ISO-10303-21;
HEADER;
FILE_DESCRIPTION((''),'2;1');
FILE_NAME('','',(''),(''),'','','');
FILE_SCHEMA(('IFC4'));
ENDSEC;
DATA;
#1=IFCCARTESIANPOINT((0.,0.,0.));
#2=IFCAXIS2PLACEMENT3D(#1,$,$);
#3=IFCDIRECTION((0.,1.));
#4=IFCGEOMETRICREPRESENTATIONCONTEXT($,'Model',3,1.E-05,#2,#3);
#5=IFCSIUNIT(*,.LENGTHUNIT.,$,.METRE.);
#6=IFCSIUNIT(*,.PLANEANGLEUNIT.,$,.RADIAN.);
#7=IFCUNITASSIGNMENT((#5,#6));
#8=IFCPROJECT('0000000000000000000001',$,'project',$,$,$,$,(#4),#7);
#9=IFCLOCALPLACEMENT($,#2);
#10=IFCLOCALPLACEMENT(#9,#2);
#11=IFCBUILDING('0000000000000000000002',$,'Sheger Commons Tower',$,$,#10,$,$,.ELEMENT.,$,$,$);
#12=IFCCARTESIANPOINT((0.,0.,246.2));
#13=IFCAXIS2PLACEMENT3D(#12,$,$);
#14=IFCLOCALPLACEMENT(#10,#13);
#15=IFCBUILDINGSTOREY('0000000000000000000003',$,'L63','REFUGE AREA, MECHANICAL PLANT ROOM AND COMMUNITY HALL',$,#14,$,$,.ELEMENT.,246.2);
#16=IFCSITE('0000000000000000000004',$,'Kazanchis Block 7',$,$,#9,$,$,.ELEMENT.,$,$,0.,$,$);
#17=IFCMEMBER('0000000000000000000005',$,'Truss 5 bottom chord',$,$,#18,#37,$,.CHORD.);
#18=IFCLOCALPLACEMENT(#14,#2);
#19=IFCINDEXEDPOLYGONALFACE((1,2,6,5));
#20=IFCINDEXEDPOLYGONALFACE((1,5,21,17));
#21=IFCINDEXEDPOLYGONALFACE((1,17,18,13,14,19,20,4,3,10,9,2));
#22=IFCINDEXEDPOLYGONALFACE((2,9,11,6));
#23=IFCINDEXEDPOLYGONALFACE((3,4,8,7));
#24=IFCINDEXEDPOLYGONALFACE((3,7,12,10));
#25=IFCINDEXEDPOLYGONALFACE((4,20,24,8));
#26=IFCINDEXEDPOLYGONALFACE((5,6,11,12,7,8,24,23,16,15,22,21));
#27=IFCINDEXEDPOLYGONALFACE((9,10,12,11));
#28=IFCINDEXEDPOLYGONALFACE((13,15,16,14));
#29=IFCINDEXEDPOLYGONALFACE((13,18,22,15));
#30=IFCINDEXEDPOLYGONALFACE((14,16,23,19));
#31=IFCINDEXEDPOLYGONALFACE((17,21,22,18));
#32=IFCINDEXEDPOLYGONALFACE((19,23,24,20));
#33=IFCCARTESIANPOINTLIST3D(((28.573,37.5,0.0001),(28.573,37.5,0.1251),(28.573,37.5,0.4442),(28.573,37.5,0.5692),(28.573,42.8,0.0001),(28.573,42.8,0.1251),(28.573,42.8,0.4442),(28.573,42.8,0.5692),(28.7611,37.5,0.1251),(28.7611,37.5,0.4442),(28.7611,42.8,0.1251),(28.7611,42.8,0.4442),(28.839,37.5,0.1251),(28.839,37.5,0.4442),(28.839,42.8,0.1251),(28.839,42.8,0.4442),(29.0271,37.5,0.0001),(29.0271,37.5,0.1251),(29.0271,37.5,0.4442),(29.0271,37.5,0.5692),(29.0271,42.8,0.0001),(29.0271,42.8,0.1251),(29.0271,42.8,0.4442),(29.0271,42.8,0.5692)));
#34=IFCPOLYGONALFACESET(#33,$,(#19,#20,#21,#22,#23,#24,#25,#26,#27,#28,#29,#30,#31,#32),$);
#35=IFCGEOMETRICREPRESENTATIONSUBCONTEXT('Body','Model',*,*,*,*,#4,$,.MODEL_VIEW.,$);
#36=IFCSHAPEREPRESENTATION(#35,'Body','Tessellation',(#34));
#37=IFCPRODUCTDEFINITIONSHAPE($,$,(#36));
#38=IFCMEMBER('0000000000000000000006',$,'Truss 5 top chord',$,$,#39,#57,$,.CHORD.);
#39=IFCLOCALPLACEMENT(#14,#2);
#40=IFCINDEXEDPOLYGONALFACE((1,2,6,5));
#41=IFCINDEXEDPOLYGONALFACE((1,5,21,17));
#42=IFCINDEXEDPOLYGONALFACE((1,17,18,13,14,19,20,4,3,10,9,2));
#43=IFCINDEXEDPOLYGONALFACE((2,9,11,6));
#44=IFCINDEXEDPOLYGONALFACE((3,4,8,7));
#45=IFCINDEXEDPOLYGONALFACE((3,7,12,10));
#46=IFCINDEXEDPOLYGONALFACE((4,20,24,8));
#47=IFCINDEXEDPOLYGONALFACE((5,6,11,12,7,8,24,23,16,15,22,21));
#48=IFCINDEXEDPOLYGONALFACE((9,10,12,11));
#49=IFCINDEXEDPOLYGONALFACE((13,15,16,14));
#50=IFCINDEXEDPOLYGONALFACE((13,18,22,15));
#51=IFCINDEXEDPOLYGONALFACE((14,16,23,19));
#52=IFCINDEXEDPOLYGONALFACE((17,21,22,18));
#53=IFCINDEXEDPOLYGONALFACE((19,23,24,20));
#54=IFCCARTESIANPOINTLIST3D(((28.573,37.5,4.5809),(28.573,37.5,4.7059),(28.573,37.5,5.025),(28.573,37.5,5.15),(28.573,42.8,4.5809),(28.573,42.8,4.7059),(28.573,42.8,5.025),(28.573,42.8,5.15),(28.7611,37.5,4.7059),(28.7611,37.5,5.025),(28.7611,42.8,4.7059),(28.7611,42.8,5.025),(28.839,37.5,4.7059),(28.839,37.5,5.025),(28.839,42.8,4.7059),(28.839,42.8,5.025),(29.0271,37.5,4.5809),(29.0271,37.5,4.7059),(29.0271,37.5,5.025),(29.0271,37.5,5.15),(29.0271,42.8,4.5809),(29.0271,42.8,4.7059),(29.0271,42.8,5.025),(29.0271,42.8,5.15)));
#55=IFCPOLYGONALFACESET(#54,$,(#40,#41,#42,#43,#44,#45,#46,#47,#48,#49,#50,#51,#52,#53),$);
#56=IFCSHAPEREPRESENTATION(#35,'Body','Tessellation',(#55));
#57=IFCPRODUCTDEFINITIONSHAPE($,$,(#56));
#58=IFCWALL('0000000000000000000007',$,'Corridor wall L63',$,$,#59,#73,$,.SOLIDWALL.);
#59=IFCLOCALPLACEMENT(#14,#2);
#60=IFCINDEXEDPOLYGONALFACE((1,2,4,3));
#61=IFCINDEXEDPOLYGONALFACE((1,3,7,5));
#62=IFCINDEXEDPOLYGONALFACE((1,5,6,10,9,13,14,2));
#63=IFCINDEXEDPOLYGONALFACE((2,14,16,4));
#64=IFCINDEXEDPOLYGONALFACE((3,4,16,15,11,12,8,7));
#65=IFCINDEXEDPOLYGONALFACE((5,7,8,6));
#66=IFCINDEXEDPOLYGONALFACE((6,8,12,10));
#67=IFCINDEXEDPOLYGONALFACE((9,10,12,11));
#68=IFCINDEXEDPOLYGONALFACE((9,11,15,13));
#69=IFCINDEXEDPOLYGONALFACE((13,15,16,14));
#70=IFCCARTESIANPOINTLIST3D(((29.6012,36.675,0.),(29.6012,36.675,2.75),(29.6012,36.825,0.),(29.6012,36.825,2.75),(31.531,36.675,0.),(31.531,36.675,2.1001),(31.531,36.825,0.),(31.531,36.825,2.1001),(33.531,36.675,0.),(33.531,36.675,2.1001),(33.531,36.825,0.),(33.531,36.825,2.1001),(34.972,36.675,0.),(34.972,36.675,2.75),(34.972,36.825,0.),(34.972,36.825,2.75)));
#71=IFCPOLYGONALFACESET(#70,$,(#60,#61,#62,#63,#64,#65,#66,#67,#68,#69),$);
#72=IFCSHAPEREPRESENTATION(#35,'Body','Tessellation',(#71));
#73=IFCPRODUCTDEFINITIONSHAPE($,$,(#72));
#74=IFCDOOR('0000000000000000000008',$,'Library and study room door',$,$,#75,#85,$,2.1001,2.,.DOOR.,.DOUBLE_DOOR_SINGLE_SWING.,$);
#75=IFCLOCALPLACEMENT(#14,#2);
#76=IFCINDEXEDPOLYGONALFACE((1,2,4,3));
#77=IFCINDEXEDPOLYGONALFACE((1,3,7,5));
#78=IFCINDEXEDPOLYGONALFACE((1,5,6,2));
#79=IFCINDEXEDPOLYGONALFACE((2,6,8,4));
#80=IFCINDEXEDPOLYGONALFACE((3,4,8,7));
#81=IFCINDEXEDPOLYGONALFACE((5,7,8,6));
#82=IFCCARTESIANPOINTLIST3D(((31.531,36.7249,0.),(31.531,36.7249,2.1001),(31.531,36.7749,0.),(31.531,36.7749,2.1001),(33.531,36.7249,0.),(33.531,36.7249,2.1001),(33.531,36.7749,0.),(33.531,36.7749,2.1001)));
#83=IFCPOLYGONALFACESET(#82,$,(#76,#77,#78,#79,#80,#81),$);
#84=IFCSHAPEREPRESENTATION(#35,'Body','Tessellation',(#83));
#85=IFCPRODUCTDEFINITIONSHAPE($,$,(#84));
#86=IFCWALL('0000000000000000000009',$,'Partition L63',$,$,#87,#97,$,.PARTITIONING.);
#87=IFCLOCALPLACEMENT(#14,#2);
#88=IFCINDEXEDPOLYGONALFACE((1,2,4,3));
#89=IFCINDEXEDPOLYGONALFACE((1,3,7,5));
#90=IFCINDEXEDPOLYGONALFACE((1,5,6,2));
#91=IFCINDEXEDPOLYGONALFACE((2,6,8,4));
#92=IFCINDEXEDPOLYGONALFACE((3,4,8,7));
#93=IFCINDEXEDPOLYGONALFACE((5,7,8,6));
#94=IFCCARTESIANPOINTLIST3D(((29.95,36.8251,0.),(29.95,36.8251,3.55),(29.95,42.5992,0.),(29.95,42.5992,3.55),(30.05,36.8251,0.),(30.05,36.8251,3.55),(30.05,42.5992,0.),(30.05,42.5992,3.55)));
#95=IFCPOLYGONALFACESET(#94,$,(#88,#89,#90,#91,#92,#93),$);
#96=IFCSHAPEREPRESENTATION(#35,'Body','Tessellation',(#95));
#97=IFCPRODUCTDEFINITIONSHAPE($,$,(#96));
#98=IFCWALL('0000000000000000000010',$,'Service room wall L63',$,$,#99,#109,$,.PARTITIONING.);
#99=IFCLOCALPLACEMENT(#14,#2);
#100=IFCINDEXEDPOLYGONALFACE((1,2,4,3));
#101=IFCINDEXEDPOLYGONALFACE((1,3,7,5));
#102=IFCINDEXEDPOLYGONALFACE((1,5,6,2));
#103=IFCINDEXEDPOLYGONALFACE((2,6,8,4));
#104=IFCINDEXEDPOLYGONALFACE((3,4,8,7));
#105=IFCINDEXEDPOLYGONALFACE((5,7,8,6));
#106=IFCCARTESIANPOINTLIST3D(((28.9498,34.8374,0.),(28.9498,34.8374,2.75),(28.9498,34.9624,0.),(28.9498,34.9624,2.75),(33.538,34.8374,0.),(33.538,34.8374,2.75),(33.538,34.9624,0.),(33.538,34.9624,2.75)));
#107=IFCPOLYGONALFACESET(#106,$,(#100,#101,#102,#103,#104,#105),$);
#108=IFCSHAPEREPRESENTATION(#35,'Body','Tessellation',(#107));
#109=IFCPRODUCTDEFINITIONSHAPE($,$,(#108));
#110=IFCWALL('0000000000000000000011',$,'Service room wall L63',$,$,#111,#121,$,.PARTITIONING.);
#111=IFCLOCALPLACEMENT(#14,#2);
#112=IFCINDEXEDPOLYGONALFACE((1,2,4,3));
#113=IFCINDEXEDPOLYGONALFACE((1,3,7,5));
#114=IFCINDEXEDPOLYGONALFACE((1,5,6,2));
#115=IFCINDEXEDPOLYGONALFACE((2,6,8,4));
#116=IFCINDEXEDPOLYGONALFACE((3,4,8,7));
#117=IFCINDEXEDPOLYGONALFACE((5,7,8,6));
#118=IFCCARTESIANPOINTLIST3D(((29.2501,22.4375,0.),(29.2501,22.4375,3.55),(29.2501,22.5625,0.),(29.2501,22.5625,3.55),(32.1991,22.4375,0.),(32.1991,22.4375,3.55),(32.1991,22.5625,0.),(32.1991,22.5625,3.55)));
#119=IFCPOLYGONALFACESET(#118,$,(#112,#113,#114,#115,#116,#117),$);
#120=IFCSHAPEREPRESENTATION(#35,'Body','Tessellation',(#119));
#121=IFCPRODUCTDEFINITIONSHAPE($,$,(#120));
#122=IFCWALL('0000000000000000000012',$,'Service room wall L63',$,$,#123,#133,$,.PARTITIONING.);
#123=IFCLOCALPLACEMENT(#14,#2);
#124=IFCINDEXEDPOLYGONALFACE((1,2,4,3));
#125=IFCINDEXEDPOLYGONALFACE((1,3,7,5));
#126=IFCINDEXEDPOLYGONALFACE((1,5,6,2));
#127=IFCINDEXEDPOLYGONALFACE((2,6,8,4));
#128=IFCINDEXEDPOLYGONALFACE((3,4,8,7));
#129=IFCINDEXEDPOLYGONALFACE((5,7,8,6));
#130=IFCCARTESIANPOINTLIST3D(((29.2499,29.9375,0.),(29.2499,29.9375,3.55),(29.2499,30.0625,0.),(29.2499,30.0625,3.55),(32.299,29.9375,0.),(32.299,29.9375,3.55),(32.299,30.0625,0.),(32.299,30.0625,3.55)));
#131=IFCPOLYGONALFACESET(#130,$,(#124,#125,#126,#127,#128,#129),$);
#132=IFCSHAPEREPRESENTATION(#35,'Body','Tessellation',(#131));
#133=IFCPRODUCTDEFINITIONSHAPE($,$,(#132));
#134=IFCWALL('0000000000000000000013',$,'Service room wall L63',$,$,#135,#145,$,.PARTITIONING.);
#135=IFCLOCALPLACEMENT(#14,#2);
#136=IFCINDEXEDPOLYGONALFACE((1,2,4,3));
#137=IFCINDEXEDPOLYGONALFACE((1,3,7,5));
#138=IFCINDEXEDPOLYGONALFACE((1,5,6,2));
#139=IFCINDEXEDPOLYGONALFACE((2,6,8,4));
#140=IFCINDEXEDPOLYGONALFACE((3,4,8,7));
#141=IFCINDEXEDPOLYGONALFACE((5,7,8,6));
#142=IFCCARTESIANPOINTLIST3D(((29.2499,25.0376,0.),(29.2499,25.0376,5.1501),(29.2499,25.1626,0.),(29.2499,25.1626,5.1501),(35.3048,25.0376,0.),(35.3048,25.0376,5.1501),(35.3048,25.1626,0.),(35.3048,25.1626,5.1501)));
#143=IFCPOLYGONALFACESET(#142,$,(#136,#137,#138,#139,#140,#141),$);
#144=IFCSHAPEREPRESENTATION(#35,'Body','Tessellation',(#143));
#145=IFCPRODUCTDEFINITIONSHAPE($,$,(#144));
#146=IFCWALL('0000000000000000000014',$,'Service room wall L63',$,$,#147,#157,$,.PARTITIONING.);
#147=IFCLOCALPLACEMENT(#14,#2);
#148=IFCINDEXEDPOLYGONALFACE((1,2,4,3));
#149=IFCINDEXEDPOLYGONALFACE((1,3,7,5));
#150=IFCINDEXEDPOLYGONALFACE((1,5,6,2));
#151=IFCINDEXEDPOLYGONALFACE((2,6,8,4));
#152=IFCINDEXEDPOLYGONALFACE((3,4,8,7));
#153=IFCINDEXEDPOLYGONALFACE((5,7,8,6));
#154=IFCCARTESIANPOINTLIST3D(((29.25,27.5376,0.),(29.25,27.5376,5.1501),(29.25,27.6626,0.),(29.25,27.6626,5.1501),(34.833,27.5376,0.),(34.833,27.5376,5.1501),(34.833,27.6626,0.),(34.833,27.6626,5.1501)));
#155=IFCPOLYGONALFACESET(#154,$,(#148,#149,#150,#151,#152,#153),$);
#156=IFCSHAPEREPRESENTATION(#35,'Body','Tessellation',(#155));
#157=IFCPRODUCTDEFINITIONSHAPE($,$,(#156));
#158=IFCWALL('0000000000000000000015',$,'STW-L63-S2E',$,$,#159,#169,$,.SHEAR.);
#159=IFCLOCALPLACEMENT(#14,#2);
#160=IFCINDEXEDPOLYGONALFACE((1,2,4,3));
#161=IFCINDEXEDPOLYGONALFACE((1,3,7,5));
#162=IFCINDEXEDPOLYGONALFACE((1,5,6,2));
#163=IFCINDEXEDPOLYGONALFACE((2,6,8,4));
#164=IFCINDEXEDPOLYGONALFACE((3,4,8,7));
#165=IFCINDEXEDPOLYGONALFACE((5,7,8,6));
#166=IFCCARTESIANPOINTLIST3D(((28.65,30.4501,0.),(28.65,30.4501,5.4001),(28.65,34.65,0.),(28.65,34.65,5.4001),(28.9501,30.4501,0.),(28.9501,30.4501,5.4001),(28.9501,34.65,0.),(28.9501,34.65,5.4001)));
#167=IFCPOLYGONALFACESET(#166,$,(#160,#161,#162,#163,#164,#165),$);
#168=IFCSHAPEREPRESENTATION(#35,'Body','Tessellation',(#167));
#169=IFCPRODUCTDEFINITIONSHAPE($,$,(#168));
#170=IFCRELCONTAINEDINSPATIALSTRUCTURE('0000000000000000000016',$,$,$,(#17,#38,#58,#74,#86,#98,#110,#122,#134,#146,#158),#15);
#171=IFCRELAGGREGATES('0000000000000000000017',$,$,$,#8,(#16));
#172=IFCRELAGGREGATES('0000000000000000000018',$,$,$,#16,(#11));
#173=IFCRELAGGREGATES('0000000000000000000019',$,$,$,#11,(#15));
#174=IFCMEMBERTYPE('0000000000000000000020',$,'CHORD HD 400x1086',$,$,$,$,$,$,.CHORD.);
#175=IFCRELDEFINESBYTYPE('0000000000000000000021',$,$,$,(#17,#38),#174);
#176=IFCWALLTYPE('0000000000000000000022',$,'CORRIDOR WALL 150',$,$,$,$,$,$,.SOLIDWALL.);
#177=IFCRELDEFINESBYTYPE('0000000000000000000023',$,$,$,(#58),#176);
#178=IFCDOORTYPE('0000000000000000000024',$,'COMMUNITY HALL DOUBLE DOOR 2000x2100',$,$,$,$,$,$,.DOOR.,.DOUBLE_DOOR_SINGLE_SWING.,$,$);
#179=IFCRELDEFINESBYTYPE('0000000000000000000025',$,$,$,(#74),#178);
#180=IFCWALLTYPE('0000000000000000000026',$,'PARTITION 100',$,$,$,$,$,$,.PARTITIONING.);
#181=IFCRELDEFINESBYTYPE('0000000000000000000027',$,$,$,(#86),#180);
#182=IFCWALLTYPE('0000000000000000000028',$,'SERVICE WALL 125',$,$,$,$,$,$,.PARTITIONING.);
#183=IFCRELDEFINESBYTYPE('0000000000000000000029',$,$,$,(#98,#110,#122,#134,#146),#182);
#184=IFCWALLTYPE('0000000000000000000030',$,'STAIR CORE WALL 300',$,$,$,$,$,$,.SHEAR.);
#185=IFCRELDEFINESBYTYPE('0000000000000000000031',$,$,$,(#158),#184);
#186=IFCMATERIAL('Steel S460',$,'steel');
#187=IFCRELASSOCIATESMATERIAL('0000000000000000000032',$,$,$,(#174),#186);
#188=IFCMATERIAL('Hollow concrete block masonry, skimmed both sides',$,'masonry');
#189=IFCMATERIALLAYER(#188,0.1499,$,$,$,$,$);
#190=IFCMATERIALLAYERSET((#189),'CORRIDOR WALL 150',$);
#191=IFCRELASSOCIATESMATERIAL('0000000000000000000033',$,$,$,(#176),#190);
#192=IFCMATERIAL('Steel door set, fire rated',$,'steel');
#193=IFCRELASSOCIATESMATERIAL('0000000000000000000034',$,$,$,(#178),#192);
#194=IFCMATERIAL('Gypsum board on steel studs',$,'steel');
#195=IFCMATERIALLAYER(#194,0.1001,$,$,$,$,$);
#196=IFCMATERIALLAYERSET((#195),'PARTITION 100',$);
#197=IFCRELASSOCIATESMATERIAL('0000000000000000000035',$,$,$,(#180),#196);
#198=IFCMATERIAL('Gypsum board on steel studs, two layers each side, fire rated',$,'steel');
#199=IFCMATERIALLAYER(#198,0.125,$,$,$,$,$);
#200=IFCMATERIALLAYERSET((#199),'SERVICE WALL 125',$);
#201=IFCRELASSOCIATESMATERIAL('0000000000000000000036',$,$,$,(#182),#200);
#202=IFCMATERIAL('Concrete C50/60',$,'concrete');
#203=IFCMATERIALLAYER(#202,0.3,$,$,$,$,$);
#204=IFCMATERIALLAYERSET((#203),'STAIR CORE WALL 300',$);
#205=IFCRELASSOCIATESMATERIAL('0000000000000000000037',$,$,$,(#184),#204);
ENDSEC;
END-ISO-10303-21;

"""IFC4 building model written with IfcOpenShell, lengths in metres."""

from ifc_helpers import new_model, si_unit, direction, frame, frame_2d, origin, origin_2d, place, context, subcontext, project, spatial, rectangle, i_section, extrude, material, layer, layer_set, material_profile, profile_set, type_object, element, fill, save


model = new_model("IFC4")

# Units and contexts
model_context = context("Model", 3, precision=1e-05, world=origin(), true_north=direction((0.0, 1.0)))
body_context = subcontext(model_context, "Body", "Model", "MODEL_VIEW")
ifc_project = project(units=[si_unit("LENGTHUNIT", "METRE"), si_unit("PLANEANGLEUNIT", "RADIAN")], contexts=[model_context])

# Site, building, storey
site_placement = place(None, origin())
site = spatial("IfcSite", under=ifc_project, at=site_placement, Name="Kazanchis Block 7", CompositionType="ELEMENT", RefElevation=0.0)
building_placement = place(site_placement, origin())
building = spatial("IfcBuilding", under=site, at=building_placement, Name="Sheger Commons Tower", CompositionType="ELEMENT")
storey_placement = place(building_placement, frame((0.0, 0.0, 246.2)))
storey = spatial("IfcBuildingStorey", under=building, at=storey_placement, Name="L63", Description="REFUGE AREA, MECHANICAL PLANT ROOM AND COMMUNITY HALL", CompositionType="ELEMENT", Elevation=246.2)

# Members
ifc_material_1 = material(Name="Steel S460", Category="steel")
ifc_material_profile_1 = material_profile(ifc_material_1, i_section(OverallWidth=0.4541, OverallDepth=0.5691, WebThickness=0.0779, FlangeThickness=0.125, at=origin_2d()), Name="HD 400x1086")
ifc_profile_set_1 = profile_set([ifc_material_profile_1], Name="Steel S460")
member_type_1 = type_object("IfcMemberType", Name="CHORD HD 400x1086", PredefinedType="CHORD", material=ifc_profile_set_1)
for number, where, z_axis, x_axis, name in (
    (1, (28.8, 37.5, 0.2847), (0.0, 1.0, 0.0), (-1.0, 0.0, 0.0), "Truss 5 bottom chord"),
    (2, (28.8, 37.5, 4.8655), (0.0, 1.0, 0.0), (-1.0, 0.0, 0.0), "Truss 5 top chord"),
):
    element("IfcMember", number, at=place(storey_placement, frame(where, z_axis=z_axis, x_axis=x_axis)), inside=storey, type_object=member_type_1, Name=name, PredefinedType="CHORD", context=body_context, shape_type="SweptSolid", body=[
        extrude(i_section(OverallWidth=0.4541, OverallDepth=0.5691, WebThickness=0.0779, FlangeThickness=0.125, at=origin_2d()), origin(), (0.0, 0.0, 1.0), 5.3),
    ])

# Wall, opening, door
ifc_material_2 = material(Name="Hollow concrete block masonry, skimmed both sides", Category="masonry")
ifc_layer_1 = layer(ifc_material_2, 0.1499)
ifc_layer_set_1 = layer_set([ifc_layer_1], Name="CORRIDOR WALL 150")
wall_type_1 = type_object("IfcWallType", Name="CORRIDOR WALL 150", PredefinedType="SOLIDWALL", material=ifc_layer_set_1)
wall_1_placement = place(storey_placement, frame((29.6011, 36.75, 0.0), z_axis=(0.0, 0.0, 1.0), x_axis=(1.0, 0.0, 0.0)))
wall_1 = element("IfcWall", 3, at=wall_1_placement, inside=storey, type_object=wall_type_1, Name="Corridor wall L63", PredefinedType="SOLIDWALL", context=body_context, shape_type="SweptSolid", body=[
    extrude(rectangle(XDim=5.3708, YDim=0.1499, at=frame_2d((2.6855, 0.0))), origin(), (0.0, 0.0, 1.0), 2.75),
])
opening_placement = place(wall_1_placement, frame((1.9299, 0.0, 0.0)))
opening = element("IfcOpeningElement", 4, at=opening_placement, cuts=wall_1, PredefinedType="OPENING", context=body_context, shape_type="SweptSolid", body=[
    extrude(rectangle(XDim=2.0, YDim=2.1001, at=frame_2d((1.0, 1.05))), frame((0.0, 0.085, 0.0), z_axis=(0.0, -1.0, 0.0), x_axis=(1.0, 0.0, 0.0)), (0.0, 0.0, 1.0), 0.1699),
])
ifc_material_3 = material(Name="Steel door set, fire rated", Category="steel")
door_type = type_object("IfcDoorType", Name="COMMUNITY HALL DOUBLE DOOR 2000x2100", OperationType="DOUBLE_DOOR_SINGLE_SWING", PredefinedType="DOOR", material=ifc_material_3)
door_placement = place(opening_placement, origin())
door = element("IfcDoor", 5, at=door_placement, inside=storey, type_object=door_type, Name="Library and study room door", OperationType="DOUBLE_DOOR_SINGLE_SWING", OverallHeight=2.1001, OverallWidth=2.0, PredefinedType="DOOR", context=body_context, shape_type="SweptSolid", body=[
    extrude(rectangle(XDim=2.0, YDim=2.1001, at=frame_2d((1.0, 1.05))), frame((0.0, 0.0249, 0.0), z_axis=(0.0, -1.0, 0.0), x_axis=(1.0, 0.0, 0.0)), (0.0, 0.0, 1.0), 0.05),
])
fill(opening, door)

# Walls
ifc_material_4 = material(Name="Gypsum board on steel studs", Category="steel")
ifc_layer_2 = layer(ifc_material_4, 0.1001)
ifc_layer_set_2 = layer_set([ifc_layer_2], Name="PARTITION 100")
wall_type_2 = type_object("IfcWallType", Name="PARTITION 100", PredefinedType="PARTITIONING", material=ifc_layer_set_2)
wall_2_placement = place(storey_placement, frame((30.0, 36.825, 0.0), z_axis=(0.0, 0.0, 1.0), x_axis=(0.0, 1.0, 0.0)))
element("IfcWall", 6, at=wall_2_placement, inside=storey, type_object=wall_type_2, Name="Partition L63", PredefinedType="PARTITIONING", context=body_context, shape_type="SweptSolid", body=[
    extrude(rectangle(XDim=5.7742, YDim=0.1001, at=frame_2d((2.8872, 0.0))), origin(), (0.0, 0.0, 1.0), 3.55),
])
ifc_material_5 = material(Name="Gypsum board on steel studs, two layers each side, fire rated", Category="steel")
ifc_layer_3 = layer(ifc_material_5, 0.125)
ifc_layer_set_3 = layer_set([ifc_layer_3], Name="SERVICE WALL 125")
wall_type_3 = type_object("IfcWallType", Name="SERVICE WALL 125", PredefinedType="PARTITIONING", material=ifc_layer_set_3)
wall_3_placement = place(storey_placement, frame((28.95, 34.8999, 0.0), z_axis=(0.0, 0.0, 1.0), x_axis=(1.0, 0.0, 0.0)))
element("IfcWall", 7, at=wall_3_placement, inside=storey, type_object=wall_type_3, Name="Service room wall L63", PredefinedType="PARTITIONING", context=body_context, shape_type="SweptSolid", body=[
    extrude(rectangle(XDim=4.5881, YDim=0.125, at=frame_2d((2.2939, 0.0))), origin(), (0.0, 0.0, 1.0), 2.75),
])
wall_4_placement = place(storey_placement, frame((29.25, 22.5, 0.0), z_axis=(0.0, 0.0, 1.0), x_axis=(1.0, 0.0, 0.0)))
element("IfcWall", 8, at=wall_4_placement, inside=storey, type_object=wall_type_3, Name="Service room wall L63", PredefinedType="PARTITIONING", context=body_context, shape_type="SweptSolid", body=[
    extrude(rectangle(XDim=2.949, YDim=0.125, at=frame_2d((1.4746, 0.0))), origin(), (0.0, 0.0, 1.0), 3.55),
])
wall_5_placement = place(storey_placement, frame((29.25, 30.0, 0.0), z_axis=(0.0, 0.0, 1.0), x_axis=(1.0, 0.0, 0.0)))
element("IfcWall", 9, at=wall_5_placement, inside=storey, type_object=wall_type_3, Name="Service room wall L63", PredefinedType="PARTITIONING", context=body_context, shape_type="SweptSolid", body=[
    extrude(rectangle(XDim=3.0491, YDim=0.125, at=frame_2d((1.5244, 0.0))), origin(), (0.0, 0.0, 1.0), 3.55),
])
wall_6_placement = place(storey_placement, frame((29.25, 25.1001, 0.0), z_axis=(0.0, 0.0, 1.0), x_axis=(1.0, 0.0, 0.0)))
element("IfcWall", 10, at=wall_6_placement, inside=storey, type_object=wall_type_3, Name="Service room wall L63", PredefinedType="PARTITIONING", context=body_context, shape_type="SweptSolid", body=[
    extrude(rectangle(XDim=6.0549, YDim=0.125, at=frame_2d((3.0273, 0.0))), origin(), (0.0, 0.0, 1.0), 5.1501),
])
wall_7_placement = place(storey_placement, frame((29.25, 27.6001, 0.0), z_axis=(0.0, 0.0, 1.0), x_axis=(1.0, 0.0, 0.0)))
element("IfcWall", 11, at=wall_7_placement, inside=storey, type_object=wall_type_3, Name="Service room wall L63", PredefinedType="PARTITIONING", context=body_context, shape_type="SweptSolid", body=[
    extrude(rectangle(XDim=5.583, YDim=0.125, at=frame_2d((2.7915, 0.0))), origin(), (0.0, 0.0, 1.0), 5.1501),
])
ifc_material_6 = material(Name="Concrete C50/60", Category="concrete")
ifc_layer_4 = layer(ifc_material_6, 0.3)
ifc_layer_set_4 = layer_set([ifc_layer_4], Name="STAIR CORE WALL 300")
wall_type_4 = type_object("IfcWallType", Name="STAIR CORE WALL 300", PredefinedType="SHEAR", material=ifc_layer_set_4)
wall_8_placement = place(storey_placement, frame((28.8, 30.45, 0.0), z_axis=(0.0, 0.0, 1.0), x_axis=(0.0, 1.0, 0.0)))
element("IfcWall", 12, at=wall_8_placement, inside=storey, type_object=wall_type_4, Name="STW-L63-S2E", PredefinedType="SHEAR", context=body_context, shape_type="SweptSolid", body=[
    extrude(rectangle(XDim=4.2, YDim=0.3, at=frame_2d((2.1001, 0.0))), origin(), (0.0, 0.0, 1.0), 5.4001),
])

save(model, "model.ifc")
